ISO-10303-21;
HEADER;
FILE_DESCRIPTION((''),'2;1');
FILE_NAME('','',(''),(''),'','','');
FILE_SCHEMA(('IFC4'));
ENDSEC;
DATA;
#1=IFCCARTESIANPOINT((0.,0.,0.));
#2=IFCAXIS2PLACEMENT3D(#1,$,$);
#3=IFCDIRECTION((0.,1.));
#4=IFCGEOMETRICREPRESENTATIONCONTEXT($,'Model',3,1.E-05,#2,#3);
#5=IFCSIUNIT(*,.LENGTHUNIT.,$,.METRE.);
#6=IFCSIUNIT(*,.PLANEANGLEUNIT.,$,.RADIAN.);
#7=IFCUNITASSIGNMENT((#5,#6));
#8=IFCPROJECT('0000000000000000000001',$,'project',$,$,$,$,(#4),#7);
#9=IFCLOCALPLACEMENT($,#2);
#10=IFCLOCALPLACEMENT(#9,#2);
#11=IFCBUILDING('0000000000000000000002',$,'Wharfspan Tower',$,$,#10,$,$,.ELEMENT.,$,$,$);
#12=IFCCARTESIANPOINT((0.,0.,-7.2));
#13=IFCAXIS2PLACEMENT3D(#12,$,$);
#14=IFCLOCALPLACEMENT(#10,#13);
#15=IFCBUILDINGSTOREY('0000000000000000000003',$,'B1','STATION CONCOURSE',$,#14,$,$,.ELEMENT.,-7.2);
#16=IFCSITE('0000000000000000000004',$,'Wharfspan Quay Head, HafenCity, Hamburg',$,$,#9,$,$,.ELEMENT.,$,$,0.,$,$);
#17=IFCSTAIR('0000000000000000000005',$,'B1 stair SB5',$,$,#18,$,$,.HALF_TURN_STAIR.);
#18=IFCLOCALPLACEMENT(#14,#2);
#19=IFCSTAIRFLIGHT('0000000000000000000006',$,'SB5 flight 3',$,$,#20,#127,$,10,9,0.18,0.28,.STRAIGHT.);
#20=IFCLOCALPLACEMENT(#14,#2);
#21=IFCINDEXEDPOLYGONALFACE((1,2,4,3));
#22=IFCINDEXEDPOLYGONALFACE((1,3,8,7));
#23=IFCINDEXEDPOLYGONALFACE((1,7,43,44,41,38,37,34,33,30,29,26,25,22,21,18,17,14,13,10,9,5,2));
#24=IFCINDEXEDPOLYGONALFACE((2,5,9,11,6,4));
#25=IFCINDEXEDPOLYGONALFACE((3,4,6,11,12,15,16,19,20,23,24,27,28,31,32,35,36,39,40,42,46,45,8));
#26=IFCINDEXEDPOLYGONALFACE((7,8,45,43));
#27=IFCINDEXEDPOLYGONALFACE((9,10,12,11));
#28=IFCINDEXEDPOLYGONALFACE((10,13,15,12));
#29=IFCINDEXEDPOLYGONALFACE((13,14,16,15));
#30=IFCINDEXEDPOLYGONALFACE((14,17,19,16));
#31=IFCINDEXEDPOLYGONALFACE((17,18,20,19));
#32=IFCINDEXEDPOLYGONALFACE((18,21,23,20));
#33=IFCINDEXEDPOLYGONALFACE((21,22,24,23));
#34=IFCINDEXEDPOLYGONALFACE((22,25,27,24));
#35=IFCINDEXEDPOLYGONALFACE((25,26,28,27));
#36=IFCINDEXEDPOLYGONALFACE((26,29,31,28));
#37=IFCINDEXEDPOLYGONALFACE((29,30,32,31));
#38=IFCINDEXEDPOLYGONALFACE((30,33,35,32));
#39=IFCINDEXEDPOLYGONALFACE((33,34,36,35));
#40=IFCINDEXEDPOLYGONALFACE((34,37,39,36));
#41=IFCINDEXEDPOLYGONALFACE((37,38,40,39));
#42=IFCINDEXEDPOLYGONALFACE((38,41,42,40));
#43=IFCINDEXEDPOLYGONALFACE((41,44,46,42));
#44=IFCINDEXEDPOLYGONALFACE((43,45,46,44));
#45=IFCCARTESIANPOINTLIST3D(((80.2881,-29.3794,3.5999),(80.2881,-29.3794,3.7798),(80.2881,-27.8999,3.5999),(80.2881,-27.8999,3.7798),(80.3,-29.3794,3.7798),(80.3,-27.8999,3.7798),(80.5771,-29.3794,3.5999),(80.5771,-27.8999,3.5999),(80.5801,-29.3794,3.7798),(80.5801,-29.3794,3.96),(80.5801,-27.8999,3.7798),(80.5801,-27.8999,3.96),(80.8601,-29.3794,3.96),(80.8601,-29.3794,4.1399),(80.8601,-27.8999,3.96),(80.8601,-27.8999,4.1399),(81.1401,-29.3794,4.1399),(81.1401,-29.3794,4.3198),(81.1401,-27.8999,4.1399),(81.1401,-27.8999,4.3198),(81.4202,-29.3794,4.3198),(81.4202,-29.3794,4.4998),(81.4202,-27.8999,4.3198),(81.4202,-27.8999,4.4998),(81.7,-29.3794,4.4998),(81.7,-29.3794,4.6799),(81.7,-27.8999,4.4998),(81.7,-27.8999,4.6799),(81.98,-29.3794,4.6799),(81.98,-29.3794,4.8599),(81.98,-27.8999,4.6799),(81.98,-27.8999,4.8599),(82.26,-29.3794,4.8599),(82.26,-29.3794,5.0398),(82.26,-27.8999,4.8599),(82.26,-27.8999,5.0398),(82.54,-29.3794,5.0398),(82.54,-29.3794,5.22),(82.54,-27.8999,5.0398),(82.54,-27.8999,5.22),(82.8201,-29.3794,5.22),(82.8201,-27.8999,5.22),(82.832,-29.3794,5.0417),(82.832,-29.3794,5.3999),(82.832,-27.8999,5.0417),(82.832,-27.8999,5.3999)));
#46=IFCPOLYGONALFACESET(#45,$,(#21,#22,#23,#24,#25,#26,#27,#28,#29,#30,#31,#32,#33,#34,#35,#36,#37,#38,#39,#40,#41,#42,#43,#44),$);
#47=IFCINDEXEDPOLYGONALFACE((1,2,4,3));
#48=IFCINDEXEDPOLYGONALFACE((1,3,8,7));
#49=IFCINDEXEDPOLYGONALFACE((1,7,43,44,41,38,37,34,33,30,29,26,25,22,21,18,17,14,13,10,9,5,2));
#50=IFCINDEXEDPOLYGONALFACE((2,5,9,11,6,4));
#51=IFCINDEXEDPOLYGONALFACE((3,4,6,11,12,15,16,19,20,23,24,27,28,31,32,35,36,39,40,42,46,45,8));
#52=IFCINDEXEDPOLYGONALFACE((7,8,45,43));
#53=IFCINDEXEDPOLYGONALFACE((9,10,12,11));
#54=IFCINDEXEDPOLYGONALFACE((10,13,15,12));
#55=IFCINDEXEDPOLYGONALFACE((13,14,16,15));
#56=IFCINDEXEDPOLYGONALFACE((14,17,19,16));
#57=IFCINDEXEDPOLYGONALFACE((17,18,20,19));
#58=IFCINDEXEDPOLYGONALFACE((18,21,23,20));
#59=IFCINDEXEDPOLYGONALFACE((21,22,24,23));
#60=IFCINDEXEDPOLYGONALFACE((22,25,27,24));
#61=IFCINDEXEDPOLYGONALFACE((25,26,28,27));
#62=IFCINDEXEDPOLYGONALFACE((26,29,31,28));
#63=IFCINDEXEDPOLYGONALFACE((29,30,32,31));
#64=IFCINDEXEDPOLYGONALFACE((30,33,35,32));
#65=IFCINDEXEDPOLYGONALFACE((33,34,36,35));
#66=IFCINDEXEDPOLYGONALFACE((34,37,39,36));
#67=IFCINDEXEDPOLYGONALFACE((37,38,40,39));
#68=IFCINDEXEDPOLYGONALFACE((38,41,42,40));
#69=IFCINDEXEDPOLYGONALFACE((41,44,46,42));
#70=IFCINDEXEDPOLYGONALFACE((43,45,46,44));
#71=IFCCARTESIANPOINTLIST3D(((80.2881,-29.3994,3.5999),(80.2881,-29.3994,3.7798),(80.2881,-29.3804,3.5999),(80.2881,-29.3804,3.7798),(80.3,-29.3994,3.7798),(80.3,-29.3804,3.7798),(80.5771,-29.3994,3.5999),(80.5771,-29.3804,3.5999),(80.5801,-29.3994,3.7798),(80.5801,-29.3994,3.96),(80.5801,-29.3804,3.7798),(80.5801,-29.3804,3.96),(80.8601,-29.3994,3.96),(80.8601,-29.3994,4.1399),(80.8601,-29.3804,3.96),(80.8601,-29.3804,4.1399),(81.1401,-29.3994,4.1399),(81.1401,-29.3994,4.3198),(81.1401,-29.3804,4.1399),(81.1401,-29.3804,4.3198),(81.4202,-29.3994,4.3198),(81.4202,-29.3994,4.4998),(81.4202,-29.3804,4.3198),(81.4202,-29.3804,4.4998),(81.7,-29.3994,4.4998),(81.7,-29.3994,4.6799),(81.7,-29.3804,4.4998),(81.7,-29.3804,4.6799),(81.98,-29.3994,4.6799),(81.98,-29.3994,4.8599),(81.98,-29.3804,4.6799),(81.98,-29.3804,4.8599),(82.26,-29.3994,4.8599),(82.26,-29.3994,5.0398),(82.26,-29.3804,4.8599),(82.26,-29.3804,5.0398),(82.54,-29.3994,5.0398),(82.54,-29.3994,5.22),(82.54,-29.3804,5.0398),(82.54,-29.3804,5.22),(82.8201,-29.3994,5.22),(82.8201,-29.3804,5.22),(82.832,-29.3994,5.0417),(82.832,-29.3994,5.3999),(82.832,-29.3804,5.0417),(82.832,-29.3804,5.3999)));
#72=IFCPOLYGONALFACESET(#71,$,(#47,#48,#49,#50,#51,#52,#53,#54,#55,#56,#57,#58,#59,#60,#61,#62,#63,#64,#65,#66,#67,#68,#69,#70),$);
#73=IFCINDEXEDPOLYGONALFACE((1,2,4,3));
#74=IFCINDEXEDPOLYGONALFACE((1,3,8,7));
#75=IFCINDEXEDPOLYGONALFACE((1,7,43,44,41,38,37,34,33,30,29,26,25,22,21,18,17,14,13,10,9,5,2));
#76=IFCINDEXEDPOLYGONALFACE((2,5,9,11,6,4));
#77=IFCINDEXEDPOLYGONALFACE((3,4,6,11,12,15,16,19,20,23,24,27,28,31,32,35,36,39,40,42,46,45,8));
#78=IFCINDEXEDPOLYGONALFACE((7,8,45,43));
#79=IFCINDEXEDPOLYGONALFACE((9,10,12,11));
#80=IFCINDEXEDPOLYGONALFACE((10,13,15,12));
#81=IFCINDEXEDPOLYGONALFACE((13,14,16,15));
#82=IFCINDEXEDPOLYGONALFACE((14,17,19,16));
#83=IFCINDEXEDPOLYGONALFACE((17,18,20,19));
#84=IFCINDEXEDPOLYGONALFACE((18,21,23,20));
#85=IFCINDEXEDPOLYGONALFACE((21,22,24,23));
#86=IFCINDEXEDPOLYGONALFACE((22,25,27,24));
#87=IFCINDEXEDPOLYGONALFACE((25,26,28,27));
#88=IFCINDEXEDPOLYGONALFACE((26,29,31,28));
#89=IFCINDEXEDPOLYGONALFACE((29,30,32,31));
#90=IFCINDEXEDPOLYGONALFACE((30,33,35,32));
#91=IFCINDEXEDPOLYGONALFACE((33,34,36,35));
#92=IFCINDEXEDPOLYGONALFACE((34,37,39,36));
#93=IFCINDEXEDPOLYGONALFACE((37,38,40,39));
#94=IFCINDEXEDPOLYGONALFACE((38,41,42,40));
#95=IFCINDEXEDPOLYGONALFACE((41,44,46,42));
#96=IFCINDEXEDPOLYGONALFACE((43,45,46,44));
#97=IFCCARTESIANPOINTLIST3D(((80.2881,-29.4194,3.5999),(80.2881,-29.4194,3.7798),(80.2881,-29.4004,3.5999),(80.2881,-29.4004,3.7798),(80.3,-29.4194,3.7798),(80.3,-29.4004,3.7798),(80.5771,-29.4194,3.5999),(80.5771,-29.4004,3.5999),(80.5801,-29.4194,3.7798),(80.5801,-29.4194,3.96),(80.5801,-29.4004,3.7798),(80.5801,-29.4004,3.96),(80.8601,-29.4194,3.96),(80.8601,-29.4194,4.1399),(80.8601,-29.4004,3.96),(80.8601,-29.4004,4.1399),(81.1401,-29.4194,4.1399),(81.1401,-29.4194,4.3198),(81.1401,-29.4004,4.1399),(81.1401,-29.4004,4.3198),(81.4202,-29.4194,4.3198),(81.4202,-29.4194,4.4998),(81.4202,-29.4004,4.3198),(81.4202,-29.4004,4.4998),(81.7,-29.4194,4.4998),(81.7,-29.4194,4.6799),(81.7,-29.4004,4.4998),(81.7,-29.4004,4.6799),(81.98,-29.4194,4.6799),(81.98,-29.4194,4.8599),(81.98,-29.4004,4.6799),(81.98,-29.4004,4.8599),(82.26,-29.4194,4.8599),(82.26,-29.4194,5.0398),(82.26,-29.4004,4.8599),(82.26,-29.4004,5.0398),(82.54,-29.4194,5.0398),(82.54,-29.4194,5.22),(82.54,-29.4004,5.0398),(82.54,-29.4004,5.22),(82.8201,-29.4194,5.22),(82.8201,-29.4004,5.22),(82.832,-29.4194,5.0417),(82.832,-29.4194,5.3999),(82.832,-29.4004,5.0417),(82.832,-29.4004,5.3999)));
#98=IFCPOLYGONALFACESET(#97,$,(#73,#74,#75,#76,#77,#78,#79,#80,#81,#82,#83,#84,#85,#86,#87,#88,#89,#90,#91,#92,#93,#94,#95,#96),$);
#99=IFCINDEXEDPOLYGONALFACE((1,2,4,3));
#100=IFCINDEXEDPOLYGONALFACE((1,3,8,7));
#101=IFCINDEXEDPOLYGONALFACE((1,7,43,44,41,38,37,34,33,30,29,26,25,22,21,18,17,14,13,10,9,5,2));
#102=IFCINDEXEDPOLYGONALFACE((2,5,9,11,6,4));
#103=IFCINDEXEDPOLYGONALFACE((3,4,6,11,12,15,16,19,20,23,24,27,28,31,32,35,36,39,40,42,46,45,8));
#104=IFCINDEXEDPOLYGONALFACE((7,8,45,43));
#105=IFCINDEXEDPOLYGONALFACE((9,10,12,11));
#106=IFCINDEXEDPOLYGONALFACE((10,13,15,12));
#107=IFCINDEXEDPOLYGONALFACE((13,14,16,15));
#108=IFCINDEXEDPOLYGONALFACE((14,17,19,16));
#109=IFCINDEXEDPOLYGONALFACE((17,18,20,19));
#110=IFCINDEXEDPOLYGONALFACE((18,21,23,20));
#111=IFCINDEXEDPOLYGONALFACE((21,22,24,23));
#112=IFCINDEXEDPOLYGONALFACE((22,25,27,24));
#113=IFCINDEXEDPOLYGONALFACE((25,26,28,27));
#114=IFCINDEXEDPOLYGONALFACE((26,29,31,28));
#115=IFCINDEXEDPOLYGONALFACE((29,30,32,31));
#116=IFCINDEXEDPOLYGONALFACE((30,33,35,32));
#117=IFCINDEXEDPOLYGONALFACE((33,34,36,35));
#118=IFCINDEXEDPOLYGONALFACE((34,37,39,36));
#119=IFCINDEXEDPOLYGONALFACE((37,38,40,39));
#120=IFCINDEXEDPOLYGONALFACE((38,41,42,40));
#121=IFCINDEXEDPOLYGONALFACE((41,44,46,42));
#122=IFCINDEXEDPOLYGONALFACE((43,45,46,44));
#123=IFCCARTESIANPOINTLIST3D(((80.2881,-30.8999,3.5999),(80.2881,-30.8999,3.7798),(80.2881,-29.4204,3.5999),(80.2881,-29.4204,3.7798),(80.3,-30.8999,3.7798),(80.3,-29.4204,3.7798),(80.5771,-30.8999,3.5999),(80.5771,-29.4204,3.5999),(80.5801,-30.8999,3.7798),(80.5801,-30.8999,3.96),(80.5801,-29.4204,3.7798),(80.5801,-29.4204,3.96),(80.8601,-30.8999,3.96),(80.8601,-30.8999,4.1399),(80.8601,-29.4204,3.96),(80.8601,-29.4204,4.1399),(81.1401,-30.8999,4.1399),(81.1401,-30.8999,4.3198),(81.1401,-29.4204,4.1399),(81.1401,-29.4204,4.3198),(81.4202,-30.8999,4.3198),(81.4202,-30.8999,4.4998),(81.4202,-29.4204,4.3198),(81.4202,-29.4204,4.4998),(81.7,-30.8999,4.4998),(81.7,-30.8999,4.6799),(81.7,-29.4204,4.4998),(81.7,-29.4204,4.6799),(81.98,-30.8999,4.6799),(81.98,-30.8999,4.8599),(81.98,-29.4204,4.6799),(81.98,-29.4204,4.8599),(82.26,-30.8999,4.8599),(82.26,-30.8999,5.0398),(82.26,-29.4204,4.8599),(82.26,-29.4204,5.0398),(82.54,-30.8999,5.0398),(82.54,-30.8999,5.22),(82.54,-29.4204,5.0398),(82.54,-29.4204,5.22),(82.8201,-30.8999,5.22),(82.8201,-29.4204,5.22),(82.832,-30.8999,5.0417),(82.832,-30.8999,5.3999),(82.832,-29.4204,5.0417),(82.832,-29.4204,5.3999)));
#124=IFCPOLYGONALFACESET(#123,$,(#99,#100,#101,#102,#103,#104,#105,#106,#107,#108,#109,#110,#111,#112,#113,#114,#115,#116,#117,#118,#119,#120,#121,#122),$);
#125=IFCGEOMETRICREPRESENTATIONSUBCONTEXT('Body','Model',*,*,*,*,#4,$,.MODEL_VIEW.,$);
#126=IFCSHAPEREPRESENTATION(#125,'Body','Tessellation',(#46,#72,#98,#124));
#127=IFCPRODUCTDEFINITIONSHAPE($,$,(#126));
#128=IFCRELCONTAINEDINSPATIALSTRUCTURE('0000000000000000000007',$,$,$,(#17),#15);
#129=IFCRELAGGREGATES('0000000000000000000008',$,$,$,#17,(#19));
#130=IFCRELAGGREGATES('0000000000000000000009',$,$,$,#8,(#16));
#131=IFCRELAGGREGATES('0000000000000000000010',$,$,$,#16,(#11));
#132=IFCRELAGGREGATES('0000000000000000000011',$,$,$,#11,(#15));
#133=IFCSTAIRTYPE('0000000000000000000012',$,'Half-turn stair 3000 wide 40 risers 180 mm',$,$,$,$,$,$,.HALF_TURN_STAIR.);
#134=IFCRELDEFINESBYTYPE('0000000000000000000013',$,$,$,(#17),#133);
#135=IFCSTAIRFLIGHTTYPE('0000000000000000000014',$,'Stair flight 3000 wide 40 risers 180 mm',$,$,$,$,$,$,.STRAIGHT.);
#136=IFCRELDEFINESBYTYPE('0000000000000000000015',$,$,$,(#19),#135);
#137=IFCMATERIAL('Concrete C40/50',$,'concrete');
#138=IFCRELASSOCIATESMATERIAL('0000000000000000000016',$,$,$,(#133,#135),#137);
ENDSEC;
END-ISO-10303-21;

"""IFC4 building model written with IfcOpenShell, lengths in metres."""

from ifc_helpers import new_model, si_unit, direction, frame, origin, place, context, subcontext, project, spatial, polyline, outline, extrude, material, type_object, element, aggregate, save


model = new_model("IFC4")

# Units and contexts
model_context = context("Model", 3, precision=1e-05, world=origin(), true_north=direction((0.0, 1.0)))
body_context = subcontext(model_context, "Body", "Model", "MODEL_VIEW")
ifc_project = project(units=[si_unit("LENGTHUNIT", "METRE"), si_unit("PLANEANGLEUNIT", "RADIAN")], contexts=[model_context])

# Site, building, storey
site_placement = place(None, origin())
site = spatial("IfcSite", under=ifc_project, at=site_placement, Name="Wharfspan Quay Head, HafenCity, Hamburg", CompositionType="ELEMENT", RefElevation=0.0)
building_placement = place(site_placement, origin())
building = spatial("IfcBuilding", under=site, at=building_placement, Name="Wharfspan Tower", CompositionType="ELEMENT")
storey_placement = place(building_placement, frame((0.0, 0.0, -7.2)))
storey = spatial("IfcBuildingStorey", under=building, at=storey_placement, Name="B1", Description="STATION CONCOURSE", CompositionType="ELEMENT", Elevation=-7.2)

# Shared definitions
ifc_material_1 = material(Name="Concrete C40/50", Category="concrete")

# Stair, stair flight
stair_type = type_object("IfcStairType", Name="Half-turn stair 3000 wide 40 risers 180 mm", PredefinedType="HALF_TURN_STAIR", material=ifc_material_1)
stair_placement = place(storey_placement, origin())
stair = element("IfcStair", 1, at=stair_placement, inside=storey, type_object=stair_type, Name="B1 stair SB5", PredefinedType="HALF_TURN_STAIR")
stair_flight_type = type_object("IfcStairFlightType", Name="Stair flight 3000 wide 40 risers 180 mm", PredefinedType="STRAIGHT", material=ifc_material_1)
stair_flight_1_placement = place(storey_placement, frame((80.3, -29.3999, 3.5999), z_axis=(0.0, 0.0, 1.0), x_axis=(1.0, 0.0, 0.0)))
stair_flight_1 = element("IfcStairFlight", 2, at=stair_flight_1_placement, type_object=stair_flight_type, Name="SB5 flight 3", NumberOfRisers=10, NumberOfTreads=9, PredefinedType="STRAIGHT", RiserHeight=0.18, TreadLength=0.28, context=body_context, shape_type="SweptSolid", body=[
    extrude(outline(polyline([(-0.012, 0.0), (-0.012, 0.1799), (0.0, 0.1799), (0.28, 0.1799), (0.28, 0.3601), (0.5601, 0.3601), (0.5601, 0.54), (0.8401, 0.54), (0.8401, 0.72), (1.1201, 0.72), (1.1201, 0.8999), (1.3999, 0.8999), (1.3999, 1.0801), (1.6799, 1.0801), (1.6799, 1.26), (1.96, 1.26), (1.96, 1.4399), (2.24, 1.4399), (2.24, 1.6201), (2.52, 1.6201), (2.532, 1.8), (2.532, 1.4419), (0.2771, 0.0), (-0.012, 0.0)])), frame((0.0, 1.5, 0.0), z_axis=(0.0, -1.0, 0.0), x_axis=(1.0, 0.0, 0.0)), (0.0, 0.0, 1.0), 1.4795),
    extrude(outline(polyline([(-0.012, 0.0), (-0.012, 0.1799), (0.0, 0.1799), (0.28, 0.1799), (0.28, 0.3601), (0.5601, 0.3601), (0.5601, 0.54), (0.8401, 0.54), (0.8401, 0.72), (1.1201, 0.72), (1.1201, 0.8999), (1.3999, 0.8999), (1.3999, 1.0801), (1.6799, 1.0801), (1.6799, 1.26), (1.96, 1.26), (1.96, 1.4399), (2.24, 1.4399), (2.24, 1.6201), (2.52, 1.6201), (2.532, 1.8), (2.532, 1.4419), (0.2771, 0.0), (-0.012, 0.0)])), frame((0.0, 0.0195, 0.0), z_axis=(0.0, -1.0, 0.0), x_axis=(1.0, 0.0, 0.0)), (0.0, 0.0, 1.0), 0.019),
    extrude(outline(polyline([(-0.012, 0.0), (-0.012, 0.1799), (0.0, 0.1799), (0.28, 0.1799), (0.28, 0.3601), (0.5601, 0.3601), (0.5601, 0.54), (0.8401, 0.54), (0.8401, 0.72), (1.1201, 0.72), (1.1201, 0.8999), (1.3999, 0.8999), (1.3999, 1.0801), (1.6799, 1.0801), (1.6799, 1.26), (1.96, 1.26), (1.96, 1.4399), (2.24, 1.4399), (2.24, 1.6201), (2.52, 1.6201), (2.532, 1.8), (2.532, 1.4419), (0.2771, 0.0), (-0.012, 0.0)])), frame((0.0, -0.0005, 0.0), z_axis=(0.0, -1.0, 0.0), x_axis=(1.0, 0.0, 0.0)), (0.0, 0.0, 1.0), 0.019),
    extrude(outline(polyline([(-0.012, 0.0), (-0.012, 0.1799), (0.0, 0.1799), (0.28, 0.1799), (0.28, 0.3601), (0.5601, 0.3601), (0.5601, 0.54), (0.8401, 0.54), (0.8401, 0.72), (1.1201, 0.72), (1.1201, 0.8999), (1.3999, 0.8999), (1.3999, 1.0801), (1.6799, 1.0801), (1.6799, 1.26), (1.96, 1.26), (1.96, 1.4399), (2.24, 1.4399), (2.24, 1.6201), (2.52, 1.6201), (2.532, 1.8), (2.532, 1.4419), (0.2771, 0.0), (-0.012, 0.0)])), frame((0.0, -0.0205, 0.0), z_axis=(0.0, -1.0, 0.0), x_axis=(1.0, 0.0, 0.0)), (0.0, 0.0, 1.0), 1.4795),
])
aggregate(stair, [stair_flight_1])

save(model, "model.ifc")
